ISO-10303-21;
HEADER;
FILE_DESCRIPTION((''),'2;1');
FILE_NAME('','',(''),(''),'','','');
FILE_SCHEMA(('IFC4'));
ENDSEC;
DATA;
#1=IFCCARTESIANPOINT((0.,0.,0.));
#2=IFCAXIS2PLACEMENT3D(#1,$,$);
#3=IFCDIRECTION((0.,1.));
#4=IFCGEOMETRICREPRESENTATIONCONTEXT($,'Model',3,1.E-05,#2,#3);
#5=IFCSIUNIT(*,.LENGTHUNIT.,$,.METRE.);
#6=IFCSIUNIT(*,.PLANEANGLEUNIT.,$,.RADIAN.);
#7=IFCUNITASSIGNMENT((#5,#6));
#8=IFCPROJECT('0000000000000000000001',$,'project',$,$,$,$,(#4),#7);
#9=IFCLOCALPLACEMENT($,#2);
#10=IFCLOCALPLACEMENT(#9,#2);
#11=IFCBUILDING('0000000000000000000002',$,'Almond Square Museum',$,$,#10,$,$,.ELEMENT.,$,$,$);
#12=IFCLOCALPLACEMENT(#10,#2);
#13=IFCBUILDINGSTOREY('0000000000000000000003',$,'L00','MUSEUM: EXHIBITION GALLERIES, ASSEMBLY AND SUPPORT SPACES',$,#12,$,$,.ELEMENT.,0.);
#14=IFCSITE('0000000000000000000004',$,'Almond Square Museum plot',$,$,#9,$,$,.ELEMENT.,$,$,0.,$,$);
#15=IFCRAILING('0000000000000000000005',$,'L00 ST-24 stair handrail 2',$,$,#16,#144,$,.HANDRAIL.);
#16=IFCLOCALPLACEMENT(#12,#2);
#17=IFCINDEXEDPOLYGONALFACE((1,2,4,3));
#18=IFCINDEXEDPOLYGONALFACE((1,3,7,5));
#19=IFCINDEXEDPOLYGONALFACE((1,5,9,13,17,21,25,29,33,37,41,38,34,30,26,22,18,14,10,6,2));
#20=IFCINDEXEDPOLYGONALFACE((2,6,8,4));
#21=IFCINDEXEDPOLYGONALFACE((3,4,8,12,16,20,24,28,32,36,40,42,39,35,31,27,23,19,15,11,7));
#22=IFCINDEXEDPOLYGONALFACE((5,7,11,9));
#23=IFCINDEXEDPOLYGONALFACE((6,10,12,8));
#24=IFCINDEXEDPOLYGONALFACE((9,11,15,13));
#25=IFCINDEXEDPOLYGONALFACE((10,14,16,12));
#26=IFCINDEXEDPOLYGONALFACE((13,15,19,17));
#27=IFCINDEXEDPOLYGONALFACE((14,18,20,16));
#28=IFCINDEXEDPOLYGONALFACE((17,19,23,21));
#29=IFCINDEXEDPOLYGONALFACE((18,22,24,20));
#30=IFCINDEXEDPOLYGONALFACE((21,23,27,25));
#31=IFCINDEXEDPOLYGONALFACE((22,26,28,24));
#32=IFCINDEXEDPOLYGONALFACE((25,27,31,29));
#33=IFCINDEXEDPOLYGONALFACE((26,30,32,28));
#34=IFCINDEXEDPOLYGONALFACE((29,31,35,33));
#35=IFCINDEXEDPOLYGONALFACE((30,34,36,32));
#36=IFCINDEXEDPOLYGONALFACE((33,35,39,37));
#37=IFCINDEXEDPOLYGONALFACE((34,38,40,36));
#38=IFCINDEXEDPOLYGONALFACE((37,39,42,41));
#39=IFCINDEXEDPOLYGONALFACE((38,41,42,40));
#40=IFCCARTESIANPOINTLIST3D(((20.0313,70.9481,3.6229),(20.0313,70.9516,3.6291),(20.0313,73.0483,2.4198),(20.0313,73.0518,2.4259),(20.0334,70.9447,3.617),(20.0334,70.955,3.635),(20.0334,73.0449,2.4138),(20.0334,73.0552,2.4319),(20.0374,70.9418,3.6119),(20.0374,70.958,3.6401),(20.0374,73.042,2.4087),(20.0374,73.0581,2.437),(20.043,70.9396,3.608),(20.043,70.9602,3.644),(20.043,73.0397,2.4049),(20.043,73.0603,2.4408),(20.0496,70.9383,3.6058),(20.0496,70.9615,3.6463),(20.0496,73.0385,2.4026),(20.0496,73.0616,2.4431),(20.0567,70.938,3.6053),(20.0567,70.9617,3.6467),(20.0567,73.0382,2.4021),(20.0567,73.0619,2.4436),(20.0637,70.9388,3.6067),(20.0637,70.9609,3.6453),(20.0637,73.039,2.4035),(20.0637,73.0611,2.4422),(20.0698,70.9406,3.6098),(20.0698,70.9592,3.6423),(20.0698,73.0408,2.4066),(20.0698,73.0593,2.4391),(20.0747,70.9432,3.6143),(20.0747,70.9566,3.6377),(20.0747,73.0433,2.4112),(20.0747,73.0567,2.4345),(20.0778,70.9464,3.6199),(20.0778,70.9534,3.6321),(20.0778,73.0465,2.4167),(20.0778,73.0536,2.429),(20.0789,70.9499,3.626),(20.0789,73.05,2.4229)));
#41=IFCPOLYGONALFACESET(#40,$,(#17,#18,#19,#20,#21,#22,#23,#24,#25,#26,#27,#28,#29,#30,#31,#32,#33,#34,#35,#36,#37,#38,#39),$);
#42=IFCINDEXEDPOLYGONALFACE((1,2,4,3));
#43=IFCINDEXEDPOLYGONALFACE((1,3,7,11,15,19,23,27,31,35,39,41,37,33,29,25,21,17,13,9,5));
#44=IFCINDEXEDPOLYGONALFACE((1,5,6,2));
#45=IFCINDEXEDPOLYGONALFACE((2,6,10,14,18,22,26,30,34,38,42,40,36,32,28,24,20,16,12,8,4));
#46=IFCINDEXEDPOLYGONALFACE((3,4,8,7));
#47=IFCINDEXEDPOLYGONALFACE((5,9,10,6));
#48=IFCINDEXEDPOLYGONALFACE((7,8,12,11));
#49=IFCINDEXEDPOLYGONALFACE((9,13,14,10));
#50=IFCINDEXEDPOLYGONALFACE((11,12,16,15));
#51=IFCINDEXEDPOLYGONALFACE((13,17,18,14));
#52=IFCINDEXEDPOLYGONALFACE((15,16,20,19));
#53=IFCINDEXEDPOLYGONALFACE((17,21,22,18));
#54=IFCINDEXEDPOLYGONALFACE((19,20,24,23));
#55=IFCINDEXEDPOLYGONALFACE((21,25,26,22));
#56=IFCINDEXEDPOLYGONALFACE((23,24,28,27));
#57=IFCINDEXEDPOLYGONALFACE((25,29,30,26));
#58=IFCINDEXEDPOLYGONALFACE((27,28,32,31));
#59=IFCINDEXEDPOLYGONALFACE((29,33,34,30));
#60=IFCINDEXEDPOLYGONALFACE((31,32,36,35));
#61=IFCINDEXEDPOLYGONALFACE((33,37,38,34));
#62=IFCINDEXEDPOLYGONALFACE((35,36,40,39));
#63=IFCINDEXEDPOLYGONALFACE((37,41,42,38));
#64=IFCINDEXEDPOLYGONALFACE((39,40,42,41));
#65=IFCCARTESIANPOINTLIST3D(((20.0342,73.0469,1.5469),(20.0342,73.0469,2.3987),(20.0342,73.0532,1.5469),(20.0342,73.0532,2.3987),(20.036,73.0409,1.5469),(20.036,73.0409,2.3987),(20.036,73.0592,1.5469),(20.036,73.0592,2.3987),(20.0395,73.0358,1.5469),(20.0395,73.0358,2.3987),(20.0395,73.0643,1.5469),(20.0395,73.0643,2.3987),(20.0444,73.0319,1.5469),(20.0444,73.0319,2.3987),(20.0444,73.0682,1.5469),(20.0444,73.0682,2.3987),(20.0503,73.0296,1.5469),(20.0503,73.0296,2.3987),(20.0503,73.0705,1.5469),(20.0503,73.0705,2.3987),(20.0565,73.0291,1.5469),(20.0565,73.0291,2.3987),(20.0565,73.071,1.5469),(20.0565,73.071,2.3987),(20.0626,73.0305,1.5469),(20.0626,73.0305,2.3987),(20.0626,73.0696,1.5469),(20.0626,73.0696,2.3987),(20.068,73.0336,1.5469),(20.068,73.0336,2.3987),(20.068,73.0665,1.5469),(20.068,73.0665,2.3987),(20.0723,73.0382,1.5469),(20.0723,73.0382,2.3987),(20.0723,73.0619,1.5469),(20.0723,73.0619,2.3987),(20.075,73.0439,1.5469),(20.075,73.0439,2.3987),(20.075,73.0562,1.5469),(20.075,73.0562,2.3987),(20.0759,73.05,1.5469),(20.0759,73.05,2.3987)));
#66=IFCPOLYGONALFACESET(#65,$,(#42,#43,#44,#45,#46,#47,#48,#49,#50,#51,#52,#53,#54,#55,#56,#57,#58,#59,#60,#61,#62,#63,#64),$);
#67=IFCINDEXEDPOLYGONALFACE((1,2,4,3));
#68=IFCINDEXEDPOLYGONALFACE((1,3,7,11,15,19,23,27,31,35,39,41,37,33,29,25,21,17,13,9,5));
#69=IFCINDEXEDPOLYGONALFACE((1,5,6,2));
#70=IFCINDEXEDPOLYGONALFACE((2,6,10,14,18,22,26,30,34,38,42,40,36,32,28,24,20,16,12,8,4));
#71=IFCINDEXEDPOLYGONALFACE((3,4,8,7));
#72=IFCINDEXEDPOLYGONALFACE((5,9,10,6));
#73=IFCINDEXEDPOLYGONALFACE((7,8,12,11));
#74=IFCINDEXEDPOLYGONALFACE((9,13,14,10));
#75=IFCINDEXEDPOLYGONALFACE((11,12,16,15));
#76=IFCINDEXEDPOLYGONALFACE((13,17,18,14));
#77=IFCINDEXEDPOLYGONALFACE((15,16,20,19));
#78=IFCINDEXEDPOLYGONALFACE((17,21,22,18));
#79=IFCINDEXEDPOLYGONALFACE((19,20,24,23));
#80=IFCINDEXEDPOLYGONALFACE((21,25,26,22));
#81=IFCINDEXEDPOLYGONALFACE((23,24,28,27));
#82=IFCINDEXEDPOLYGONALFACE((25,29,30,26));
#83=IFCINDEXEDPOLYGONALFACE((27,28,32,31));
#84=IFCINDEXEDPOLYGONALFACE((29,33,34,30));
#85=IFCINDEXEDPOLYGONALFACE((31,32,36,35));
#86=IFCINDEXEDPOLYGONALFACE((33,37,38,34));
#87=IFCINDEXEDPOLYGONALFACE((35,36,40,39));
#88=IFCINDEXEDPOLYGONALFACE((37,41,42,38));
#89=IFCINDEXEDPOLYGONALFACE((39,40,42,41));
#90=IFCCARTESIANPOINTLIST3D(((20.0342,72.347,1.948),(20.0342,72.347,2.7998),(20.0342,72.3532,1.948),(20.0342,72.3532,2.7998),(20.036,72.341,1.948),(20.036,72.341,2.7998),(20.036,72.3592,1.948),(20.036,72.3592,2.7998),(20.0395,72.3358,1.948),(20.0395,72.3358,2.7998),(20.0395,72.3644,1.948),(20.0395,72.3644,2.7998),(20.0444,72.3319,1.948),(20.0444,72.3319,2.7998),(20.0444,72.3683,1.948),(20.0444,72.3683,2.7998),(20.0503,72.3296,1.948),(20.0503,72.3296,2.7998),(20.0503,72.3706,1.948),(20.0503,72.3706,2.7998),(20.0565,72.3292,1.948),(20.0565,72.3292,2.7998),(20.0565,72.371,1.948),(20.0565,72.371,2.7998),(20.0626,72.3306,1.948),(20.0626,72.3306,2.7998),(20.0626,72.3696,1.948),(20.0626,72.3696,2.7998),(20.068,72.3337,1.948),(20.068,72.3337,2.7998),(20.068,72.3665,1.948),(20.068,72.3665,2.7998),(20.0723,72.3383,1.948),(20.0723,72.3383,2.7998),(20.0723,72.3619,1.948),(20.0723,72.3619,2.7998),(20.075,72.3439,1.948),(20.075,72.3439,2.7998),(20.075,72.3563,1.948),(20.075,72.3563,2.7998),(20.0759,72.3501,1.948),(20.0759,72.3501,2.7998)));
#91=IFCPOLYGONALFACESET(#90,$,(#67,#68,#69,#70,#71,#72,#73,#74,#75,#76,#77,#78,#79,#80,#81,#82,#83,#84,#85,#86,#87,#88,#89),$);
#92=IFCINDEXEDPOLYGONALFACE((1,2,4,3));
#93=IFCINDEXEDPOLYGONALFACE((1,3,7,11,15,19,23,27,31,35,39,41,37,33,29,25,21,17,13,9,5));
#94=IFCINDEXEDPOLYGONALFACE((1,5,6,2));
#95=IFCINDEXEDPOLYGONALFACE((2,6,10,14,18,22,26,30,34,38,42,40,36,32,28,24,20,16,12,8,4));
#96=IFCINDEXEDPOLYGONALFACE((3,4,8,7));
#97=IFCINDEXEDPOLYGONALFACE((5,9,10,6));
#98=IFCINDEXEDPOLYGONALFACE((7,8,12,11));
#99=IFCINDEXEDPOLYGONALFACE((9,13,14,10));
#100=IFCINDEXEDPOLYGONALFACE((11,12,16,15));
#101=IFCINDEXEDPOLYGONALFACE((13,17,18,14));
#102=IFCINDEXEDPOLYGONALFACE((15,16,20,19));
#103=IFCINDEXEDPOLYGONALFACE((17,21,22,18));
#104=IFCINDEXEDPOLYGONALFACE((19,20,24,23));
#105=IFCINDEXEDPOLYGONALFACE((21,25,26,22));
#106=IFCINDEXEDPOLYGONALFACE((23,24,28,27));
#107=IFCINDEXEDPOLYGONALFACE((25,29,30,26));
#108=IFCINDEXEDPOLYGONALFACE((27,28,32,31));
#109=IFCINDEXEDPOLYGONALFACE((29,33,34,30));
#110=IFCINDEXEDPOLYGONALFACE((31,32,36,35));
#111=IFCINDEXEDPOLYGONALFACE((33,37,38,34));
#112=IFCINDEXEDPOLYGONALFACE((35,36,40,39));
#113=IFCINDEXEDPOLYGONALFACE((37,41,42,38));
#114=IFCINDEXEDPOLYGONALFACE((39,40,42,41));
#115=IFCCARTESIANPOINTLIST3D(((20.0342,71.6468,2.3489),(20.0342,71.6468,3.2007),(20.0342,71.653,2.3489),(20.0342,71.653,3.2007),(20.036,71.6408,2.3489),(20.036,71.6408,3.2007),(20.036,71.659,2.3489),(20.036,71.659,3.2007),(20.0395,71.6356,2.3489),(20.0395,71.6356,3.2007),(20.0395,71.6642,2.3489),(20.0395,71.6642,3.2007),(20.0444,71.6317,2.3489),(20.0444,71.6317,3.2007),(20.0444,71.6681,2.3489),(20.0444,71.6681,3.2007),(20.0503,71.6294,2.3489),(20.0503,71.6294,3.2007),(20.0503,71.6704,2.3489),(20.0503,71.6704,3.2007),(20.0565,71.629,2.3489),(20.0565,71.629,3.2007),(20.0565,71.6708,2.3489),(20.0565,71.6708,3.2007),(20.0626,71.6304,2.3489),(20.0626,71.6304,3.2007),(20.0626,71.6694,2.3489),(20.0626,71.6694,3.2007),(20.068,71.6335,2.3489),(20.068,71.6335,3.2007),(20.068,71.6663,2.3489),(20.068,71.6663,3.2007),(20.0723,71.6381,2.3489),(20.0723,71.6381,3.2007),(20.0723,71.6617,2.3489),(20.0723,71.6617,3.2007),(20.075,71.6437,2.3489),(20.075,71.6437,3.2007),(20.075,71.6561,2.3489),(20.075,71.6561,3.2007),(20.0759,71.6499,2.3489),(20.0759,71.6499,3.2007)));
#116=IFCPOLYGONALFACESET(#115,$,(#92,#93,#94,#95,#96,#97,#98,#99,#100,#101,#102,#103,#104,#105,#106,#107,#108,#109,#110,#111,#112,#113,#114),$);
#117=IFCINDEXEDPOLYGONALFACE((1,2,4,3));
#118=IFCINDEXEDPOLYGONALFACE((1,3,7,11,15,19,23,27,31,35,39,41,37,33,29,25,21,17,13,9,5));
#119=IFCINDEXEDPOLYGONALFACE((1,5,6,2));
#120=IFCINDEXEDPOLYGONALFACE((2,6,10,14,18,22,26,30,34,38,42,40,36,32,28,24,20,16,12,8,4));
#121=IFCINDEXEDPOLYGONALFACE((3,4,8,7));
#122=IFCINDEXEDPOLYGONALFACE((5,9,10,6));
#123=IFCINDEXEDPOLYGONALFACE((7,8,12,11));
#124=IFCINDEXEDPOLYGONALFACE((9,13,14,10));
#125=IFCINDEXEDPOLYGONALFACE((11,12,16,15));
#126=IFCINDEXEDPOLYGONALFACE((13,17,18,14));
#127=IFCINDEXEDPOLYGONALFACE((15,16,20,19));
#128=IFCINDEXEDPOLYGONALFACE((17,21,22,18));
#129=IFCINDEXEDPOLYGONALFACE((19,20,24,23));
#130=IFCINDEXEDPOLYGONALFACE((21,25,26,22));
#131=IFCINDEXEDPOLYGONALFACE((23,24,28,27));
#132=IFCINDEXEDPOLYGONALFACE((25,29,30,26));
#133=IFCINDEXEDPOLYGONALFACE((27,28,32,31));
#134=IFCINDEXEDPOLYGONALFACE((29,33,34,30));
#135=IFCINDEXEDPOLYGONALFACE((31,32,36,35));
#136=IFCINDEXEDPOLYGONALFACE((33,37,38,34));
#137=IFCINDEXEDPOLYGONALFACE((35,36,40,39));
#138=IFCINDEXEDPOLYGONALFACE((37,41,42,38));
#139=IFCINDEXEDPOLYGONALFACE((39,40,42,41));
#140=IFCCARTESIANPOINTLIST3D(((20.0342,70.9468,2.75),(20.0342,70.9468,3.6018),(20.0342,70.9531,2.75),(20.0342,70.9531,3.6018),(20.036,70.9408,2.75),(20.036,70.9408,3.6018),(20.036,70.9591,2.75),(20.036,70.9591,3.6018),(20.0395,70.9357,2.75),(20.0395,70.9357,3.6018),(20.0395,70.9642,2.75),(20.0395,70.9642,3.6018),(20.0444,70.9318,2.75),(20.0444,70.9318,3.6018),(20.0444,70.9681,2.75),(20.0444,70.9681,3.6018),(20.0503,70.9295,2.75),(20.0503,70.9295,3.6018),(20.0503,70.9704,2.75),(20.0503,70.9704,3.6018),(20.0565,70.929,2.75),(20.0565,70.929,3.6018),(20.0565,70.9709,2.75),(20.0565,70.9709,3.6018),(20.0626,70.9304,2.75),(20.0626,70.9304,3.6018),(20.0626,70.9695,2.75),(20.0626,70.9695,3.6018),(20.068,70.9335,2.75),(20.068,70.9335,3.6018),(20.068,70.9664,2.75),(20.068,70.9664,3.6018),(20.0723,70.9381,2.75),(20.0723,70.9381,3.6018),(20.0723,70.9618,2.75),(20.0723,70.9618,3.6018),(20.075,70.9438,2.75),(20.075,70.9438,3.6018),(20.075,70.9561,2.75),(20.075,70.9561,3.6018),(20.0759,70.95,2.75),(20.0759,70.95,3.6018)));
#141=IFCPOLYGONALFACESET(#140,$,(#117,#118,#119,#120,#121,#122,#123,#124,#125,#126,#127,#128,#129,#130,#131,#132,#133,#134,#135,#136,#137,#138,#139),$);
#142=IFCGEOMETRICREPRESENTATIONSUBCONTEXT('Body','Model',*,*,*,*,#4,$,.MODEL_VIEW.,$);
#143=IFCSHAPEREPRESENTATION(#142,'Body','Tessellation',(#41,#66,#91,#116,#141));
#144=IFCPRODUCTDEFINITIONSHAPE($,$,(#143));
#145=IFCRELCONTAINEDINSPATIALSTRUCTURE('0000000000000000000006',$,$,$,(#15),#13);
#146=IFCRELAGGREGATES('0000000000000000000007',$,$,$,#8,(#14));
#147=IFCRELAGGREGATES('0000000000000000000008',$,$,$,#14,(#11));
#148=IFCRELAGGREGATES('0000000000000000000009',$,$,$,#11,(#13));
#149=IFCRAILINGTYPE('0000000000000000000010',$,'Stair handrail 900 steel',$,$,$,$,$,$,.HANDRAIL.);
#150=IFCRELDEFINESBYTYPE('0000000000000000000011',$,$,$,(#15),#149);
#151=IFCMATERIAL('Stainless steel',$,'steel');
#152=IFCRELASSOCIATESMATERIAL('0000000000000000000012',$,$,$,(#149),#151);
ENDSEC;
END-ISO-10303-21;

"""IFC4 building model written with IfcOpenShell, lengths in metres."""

from ifc_helpers import new_model, si_unit, direction, frame, origin, origin_2d, place, context, subcontext, project, spatial, circle, extrude, material, type_object, element, save


model = new_model("IFC4")

# Units and contexts
model_context = context("Model", 3, precision=1e-05, world=origin(), true_north=direction((0.0, 1.0)))
body_context = subcontext(model_context, "Body", "Model", "MODEL_VIEW")
ifc_project = project(units=[si_unit("LENGTHUNIT", "METRE"), si_unit("PLANEANGLEUNIT", "RADIAN")], contexts=[model_context])

# Site, building, storey
site_placement = place(None, origin())
site = spatial("IfcSite", under=ifc_project, at=site_placement, Name="Almond Square Museum plot", CompositionType="ELEMENT", RefElevation=0.0)
building_placement = place(site_placement, origin())
building = spatial("IfcBuilding", under=site, at=building_placement, Name="Almond Square Museum", CompositionType="ELEMENT")
storey_placement = place(building_placement, origin())
storey = spatial("IfcBuildingStorey", under=building, at=storey_placement, Name="L00", Description="MUSEUM: EXHIBITION GALLERIES, ASSEMBLY AND SUPPORT SPACES", CompositionType="ELEMENT", Elevation=0.0)

# Railing
ifc_material_1 = material(Name="Stainless steel", Category="steel")
railing_type_1 = type_object("IfcRailingType", Name="Stair handrail 900 steel", PredefinedType="HANDRAIL", material=ifc_material_1)
for number, where, name in (
    (1, (20.0549, 73.05, 1.5469), "L00 ST-24 stair handrail 2"),
):
    element("IfcRailing", number, at=place(storey_placement, frame(where)), inside=storey, type_object=railing_type_1, Name=name, PredefinedType="HANDRAIL", context=body_context, shape_type="SweptSolid", body=[
        extrude(circle(Radius=0.0239, at=origin_2d()), frame((0.0, 0.0, 0.876), z_axis=(0.0, -0.867696, 0.497095), x_axis=(1.0, 0.0, 0.0)), (0.0, 0.0, 1.0), 2.4204),
        extrude(circle(Radius=0.021, at=origin_2d()), origin(), (0.0, 0.0, 1.0), 0.8518),
        extrude(circle(Radius=0.021, at=origin_2d()), frame((0.0, -0.7, 0.4011)), (0.0, 0.0, 1.0), 0.8518),
        extrude(circle(Radius=0.021, at=origin_2d()), frame((0.0, -1.4001, 0.802)), (0.0, 0.0, 1.0), 0.8518),
        extrude(circle(Radius=0.021, at=origin_2d()), frame((0.0, -2.1001, 1.2031)), (0.0, 0.0, 1.0), 0.8518),
    ])

save(model, "model.ifc")
